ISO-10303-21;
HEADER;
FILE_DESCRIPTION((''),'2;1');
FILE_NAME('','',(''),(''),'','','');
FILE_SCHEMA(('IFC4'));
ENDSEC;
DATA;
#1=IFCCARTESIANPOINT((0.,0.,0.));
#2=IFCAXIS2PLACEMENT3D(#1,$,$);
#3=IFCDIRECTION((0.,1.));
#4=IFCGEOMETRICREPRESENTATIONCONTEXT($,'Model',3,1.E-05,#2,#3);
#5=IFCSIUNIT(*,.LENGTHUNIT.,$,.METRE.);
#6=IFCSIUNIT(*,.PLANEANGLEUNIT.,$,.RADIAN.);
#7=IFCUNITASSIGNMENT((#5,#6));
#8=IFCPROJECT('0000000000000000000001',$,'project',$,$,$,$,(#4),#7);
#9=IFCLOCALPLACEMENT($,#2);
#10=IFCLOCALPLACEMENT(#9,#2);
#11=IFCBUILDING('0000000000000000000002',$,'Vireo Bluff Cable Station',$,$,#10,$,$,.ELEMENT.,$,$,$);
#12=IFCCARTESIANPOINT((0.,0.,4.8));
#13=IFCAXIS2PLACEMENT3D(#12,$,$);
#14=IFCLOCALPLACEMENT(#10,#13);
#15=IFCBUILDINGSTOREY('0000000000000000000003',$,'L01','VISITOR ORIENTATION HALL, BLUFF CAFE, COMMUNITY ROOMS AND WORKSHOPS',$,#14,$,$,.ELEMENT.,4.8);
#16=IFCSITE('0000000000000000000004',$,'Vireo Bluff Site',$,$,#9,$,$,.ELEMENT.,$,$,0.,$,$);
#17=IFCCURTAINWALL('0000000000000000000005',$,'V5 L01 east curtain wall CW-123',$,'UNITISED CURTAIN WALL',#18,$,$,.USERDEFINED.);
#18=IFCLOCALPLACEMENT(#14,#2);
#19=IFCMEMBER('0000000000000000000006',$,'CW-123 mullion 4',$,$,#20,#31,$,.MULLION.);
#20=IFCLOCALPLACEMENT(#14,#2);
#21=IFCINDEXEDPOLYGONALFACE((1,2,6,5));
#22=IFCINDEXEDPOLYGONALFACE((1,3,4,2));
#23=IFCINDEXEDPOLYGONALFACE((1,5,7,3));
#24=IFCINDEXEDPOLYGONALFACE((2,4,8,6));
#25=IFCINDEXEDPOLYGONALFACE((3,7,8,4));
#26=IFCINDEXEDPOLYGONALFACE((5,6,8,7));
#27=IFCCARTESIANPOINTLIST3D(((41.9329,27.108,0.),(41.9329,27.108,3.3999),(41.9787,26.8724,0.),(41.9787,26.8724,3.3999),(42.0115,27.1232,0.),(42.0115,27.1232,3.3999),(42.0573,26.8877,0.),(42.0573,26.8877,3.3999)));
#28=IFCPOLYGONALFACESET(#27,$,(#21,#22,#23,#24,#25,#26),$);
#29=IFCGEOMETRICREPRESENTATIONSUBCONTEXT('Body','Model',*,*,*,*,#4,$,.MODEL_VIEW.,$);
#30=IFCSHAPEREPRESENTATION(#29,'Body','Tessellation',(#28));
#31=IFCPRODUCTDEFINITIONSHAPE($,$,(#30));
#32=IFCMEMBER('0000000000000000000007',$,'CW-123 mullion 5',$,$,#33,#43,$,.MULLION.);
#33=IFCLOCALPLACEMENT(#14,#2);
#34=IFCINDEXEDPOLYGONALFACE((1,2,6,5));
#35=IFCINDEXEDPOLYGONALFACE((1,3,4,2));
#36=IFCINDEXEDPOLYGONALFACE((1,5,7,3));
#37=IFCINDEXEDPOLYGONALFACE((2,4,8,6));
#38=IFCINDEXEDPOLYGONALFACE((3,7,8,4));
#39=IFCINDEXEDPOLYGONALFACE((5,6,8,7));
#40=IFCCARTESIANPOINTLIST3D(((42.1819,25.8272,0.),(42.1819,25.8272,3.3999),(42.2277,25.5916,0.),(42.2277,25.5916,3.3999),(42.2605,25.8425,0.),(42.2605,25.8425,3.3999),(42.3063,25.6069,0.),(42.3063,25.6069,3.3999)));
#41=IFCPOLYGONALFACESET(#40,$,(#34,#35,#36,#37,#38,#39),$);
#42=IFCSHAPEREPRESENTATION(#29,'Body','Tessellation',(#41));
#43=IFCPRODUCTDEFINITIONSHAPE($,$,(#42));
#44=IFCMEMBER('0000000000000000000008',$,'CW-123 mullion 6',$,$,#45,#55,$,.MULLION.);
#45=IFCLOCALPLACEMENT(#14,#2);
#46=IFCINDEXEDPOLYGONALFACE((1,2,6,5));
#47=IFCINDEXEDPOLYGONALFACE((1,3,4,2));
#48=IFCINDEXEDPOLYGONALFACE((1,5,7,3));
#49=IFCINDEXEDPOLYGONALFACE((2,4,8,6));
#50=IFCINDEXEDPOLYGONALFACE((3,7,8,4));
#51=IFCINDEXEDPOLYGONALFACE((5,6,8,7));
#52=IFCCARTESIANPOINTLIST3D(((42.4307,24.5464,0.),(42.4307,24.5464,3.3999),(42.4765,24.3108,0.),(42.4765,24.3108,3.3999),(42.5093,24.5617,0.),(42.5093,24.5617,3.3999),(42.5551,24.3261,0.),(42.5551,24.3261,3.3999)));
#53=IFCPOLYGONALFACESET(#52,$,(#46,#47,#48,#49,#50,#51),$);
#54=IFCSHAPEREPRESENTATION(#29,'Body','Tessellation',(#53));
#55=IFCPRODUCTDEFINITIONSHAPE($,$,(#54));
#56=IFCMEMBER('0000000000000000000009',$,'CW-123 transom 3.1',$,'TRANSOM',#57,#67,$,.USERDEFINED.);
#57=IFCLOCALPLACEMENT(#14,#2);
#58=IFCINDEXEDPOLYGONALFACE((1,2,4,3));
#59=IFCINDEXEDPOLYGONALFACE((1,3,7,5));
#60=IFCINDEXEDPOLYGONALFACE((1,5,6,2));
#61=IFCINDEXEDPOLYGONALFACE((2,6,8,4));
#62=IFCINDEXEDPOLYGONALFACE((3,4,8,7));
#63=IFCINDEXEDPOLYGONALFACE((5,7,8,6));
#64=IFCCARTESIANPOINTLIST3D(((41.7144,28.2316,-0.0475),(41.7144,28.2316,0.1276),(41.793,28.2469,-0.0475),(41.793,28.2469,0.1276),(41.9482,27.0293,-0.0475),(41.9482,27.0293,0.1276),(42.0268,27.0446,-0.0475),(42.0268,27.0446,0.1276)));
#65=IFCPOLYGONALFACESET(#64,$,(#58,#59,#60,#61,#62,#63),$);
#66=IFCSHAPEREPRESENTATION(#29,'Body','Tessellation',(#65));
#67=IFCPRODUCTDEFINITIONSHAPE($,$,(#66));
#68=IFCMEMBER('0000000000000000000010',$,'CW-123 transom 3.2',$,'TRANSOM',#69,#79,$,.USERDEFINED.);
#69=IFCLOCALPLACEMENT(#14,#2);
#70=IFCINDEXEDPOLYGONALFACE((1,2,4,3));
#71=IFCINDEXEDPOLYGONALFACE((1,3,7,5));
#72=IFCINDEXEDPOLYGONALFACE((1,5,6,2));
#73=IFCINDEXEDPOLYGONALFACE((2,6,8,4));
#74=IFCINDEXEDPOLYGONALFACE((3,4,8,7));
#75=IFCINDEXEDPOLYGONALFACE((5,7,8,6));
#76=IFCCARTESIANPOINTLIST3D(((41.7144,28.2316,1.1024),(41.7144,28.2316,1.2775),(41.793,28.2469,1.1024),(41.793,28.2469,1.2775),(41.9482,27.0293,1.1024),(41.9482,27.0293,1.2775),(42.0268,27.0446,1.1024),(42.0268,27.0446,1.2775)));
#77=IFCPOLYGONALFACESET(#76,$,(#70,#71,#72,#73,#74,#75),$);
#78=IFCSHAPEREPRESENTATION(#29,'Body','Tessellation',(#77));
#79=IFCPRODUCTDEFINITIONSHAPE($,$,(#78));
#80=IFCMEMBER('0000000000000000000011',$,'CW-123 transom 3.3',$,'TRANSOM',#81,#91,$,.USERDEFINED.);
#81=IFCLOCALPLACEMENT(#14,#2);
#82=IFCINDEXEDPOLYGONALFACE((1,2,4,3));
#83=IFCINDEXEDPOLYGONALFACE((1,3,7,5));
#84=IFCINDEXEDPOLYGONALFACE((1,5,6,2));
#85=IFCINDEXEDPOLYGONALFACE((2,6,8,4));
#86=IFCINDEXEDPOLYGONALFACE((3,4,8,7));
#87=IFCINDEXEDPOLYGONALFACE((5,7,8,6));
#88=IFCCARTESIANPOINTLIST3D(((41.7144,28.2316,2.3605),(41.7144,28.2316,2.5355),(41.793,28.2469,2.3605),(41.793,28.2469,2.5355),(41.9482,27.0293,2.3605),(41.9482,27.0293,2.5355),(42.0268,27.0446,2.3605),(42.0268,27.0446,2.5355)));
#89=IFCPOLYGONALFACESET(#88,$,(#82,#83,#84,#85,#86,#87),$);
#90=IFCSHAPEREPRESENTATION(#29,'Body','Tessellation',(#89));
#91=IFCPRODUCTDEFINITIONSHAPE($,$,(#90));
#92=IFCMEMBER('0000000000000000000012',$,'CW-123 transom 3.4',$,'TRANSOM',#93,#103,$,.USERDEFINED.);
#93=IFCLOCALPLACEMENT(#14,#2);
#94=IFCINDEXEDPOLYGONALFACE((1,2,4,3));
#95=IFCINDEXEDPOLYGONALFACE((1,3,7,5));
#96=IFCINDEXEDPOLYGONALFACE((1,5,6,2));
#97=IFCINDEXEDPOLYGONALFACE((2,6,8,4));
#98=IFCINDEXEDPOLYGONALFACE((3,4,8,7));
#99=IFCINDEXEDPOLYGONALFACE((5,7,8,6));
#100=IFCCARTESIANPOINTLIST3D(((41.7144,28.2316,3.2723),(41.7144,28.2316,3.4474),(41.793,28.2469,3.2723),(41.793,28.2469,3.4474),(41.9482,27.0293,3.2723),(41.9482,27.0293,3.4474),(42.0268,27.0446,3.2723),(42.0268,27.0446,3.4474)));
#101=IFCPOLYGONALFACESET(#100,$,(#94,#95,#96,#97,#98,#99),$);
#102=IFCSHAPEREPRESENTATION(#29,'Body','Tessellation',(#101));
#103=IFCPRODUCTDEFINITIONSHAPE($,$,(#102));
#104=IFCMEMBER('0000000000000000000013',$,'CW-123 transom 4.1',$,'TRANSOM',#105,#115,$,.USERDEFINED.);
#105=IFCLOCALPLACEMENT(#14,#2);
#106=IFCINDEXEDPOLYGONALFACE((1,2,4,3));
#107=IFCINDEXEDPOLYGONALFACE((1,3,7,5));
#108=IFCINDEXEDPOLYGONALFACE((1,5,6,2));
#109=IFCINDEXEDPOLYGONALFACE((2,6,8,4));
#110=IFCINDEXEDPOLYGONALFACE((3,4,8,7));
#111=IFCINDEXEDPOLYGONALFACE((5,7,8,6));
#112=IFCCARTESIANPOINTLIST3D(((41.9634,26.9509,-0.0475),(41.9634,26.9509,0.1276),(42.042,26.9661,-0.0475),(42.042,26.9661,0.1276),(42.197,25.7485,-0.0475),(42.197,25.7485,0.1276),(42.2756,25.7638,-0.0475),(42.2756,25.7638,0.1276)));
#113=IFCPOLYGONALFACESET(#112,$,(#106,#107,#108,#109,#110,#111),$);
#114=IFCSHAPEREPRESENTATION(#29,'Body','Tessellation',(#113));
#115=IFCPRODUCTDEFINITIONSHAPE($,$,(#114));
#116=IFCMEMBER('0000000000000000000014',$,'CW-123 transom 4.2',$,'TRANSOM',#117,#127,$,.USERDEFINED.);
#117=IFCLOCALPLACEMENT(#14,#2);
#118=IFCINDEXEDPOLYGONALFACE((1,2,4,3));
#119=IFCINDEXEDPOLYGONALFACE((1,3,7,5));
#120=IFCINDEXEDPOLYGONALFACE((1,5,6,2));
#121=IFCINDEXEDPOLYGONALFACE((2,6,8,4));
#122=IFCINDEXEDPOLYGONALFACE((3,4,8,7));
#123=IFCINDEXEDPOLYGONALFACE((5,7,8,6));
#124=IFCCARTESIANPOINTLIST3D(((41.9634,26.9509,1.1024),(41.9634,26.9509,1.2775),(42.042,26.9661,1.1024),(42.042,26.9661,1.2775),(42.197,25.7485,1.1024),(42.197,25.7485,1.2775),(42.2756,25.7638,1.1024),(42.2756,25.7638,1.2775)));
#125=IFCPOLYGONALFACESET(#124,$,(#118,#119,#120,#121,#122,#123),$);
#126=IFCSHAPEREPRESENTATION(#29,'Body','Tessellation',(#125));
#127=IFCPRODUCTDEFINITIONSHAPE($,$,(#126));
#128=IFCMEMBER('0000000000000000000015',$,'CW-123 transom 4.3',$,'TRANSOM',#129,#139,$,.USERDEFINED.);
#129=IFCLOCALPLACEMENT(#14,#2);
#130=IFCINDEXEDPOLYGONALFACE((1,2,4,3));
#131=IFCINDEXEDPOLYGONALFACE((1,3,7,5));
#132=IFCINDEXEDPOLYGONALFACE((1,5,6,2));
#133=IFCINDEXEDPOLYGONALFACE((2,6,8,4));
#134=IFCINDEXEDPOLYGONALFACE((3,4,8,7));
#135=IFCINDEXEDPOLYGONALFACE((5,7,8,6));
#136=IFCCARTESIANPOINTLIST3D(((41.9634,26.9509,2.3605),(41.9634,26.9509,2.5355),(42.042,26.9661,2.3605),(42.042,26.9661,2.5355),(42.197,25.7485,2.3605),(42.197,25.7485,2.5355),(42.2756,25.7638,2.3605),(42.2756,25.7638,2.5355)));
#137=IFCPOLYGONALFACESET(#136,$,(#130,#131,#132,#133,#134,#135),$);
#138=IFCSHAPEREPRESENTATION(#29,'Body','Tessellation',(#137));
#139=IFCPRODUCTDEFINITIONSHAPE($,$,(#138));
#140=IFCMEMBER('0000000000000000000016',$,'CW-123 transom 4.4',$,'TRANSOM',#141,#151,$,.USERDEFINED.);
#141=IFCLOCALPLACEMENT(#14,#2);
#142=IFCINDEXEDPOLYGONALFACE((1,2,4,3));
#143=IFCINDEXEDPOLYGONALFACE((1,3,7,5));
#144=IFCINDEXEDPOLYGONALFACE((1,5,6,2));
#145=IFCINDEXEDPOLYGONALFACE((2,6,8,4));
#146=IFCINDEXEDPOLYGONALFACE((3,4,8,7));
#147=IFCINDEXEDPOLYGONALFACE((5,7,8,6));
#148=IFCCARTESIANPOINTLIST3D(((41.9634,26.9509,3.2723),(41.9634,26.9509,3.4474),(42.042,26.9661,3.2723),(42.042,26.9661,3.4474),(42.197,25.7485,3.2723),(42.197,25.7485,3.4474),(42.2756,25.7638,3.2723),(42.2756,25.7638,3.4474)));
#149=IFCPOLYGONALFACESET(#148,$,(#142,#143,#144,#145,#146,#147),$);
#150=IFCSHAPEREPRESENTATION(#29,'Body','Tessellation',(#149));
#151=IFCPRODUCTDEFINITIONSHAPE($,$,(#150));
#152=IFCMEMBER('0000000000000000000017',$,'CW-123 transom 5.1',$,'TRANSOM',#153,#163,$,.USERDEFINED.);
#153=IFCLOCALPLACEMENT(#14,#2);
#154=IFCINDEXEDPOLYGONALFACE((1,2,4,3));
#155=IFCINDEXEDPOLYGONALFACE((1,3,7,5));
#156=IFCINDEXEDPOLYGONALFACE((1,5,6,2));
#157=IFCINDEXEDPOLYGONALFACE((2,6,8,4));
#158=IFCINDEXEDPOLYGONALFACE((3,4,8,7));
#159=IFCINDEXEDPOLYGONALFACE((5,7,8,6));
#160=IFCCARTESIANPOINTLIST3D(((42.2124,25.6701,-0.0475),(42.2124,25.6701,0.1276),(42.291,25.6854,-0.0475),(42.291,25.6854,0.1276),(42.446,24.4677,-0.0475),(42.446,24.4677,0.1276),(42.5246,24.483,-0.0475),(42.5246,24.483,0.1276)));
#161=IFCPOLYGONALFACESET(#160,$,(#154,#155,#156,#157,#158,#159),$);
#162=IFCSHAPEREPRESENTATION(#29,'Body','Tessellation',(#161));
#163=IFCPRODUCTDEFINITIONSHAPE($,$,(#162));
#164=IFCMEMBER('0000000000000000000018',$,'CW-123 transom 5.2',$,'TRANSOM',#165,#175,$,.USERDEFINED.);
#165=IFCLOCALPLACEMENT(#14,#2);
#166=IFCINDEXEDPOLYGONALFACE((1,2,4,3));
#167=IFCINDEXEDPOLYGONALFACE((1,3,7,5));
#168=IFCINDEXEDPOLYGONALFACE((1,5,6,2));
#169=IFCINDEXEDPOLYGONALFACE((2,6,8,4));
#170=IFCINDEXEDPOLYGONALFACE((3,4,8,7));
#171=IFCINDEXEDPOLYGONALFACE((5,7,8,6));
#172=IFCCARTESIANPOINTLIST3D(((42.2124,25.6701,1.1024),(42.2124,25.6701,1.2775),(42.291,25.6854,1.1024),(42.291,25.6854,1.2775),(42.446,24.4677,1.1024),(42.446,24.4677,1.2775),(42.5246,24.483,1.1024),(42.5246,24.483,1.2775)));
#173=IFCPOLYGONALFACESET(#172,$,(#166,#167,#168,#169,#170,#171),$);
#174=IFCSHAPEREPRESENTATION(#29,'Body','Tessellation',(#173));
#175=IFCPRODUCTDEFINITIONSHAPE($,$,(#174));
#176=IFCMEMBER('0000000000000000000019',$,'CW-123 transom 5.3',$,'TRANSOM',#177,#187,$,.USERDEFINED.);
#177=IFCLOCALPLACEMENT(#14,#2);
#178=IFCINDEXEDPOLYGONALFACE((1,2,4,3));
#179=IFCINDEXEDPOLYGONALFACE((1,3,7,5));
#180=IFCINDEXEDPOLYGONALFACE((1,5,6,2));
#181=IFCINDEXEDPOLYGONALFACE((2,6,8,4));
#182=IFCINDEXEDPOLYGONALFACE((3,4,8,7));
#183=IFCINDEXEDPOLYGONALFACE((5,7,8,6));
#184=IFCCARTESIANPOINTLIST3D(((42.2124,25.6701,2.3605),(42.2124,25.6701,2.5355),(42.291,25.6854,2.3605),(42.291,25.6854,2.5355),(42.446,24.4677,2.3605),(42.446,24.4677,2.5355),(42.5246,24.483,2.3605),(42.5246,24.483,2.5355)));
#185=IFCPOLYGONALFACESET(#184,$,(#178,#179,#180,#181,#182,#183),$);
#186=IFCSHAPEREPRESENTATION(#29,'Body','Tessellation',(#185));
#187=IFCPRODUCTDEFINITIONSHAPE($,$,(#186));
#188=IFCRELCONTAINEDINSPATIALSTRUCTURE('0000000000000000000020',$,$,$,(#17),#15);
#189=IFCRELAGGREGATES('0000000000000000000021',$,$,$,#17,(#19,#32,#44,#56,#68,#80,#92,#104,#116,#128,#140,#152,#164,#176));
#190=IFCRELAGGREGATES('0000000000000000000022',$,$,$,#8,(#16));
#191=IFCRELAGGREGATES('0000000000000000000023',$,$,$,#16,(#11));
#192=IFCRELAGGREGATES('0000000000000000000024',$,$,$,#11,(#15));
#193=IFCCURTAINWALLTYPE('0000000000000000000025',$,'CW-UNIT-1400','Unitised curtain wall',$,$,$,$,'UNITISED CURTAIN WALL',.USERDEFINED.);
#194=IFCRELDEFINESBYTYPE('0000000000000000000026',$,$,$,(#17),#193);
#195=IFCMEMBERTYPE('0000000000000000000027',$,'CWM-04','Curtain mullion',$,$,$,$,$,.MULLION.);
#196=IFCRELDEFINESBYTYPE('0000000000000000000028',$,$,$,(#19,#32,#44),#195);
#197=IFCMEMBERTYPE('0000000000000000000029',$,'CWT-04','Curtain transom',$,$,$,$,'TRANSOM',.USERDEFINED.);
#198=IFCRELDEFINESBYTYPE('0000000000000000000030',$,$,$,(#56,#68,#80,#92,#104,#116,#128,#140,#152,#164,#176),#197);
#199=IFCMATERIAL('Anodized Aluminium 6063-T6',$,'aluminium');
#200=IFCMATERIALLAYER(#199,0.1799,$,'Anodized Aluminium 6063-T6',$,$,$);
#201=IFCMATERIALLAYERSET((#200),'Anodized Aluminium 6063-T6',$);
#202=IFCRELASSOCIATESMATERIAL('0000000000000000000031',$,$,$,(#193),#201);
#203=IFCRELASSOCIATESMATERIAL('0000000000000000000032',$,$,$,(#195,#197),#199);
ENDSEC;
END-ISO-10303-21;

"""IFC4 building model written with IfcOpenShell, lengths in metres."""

from ifc_helpers import new_model, si_unit, direction, frame, origin, origin_2d, place, context, subcontext, project, spatial, rectangle, extrude, material, layer, layer_set, material_profile, profile_set, type_object, element, aggregate, save


model = new_model("IFC4")

# Units and contexts
model_context = context("Model", 3, precision=1e-05, world=origin(), true_north=direction((0.0, 1.0)))
body_context = subcontext(model_context, "Body", "Model", "MODEL_VIEW")
ifc_project = project(units=[si_unit("LENGTHUNIT", "METRE"), si_unit("PLANEANGLEUNIT", "RADIAN")], contexts=[model_context])

# Site, building, storey
site_placement = place(None, origin())
site = spatial("IfcSite", under=ifc_project, at=site_placement, Name="Vireo Bluff Site", CompositionType="ELEMENT", RefElevation=0.0)
building_placement = place(site_placement, origin())
building = spatial("IfcBuilding", under=site, at=building_placement, Name="Vireo Bluff Cable Station", CompositionType="ELEMENT")
storey_placement = place(building_placement, frame((0.0, 0.0, 4.8)))
storey = spatial("IfcBuildingStorey", under=building, at=storey_placement, Name="L01", Description="VISITOR ORIENTATION HALL, BLUFF CAFE, COMMUNITY ROOMS AND WORKSHOPS", CompositionType="ELEMENT", Elevation=4.8)

# Curtain wall, members
ifc_material_1 = material(Name="Anodized Aluminium 6063-T6", Category="aluminium")
ifc_layer_1 = layer(ifc_material_1, 0.1799, Name="Anodized Aluminium 6063-T6")
ifc_layer_set_1 = layer_set([ifc_layer_1], Name="Anodized Aluminium 6063-T6")
curtain_wall_type = type_object("IfcCurtainWallType", Name="CW-UNIT-1400", Description="Unitised curtain wall", ElementType="UNITISED CURTAIN WALL", PredefinedType="USERDEFINED", material=ifc_layer_set_1)
curtain_wall_placement = place(storey_placement, origin())
curtain_wall = element("IfcCurtainWall", 1, at=curtain_wall_placement, inside=storey, type_object=curtain_wall_type, Name="V5 L01 east curtain wall CW-123", ObjectType="UNITISED CURTAIN WALL", PredefinedType="USERDEFINED")
ifc_material_profile_1 = material_profile(ifc_material_1, rectangle(XDim=0.0801, YDim=0.24, at=origin_2d()), Name="ALU-M-80X240")
ifc_profile_set_1 = profile_set([ifc_material_profile_1], Name="Anodized Aluminium 6063-T6")
member_type_1 = type_object("IfcMemberType", Name="CWM-04", Description="Curtain mullion", PredefinedType="MULLION", material=ifc_profile_set_1)
member_1_placement = place(storey_placement, frame((41.9951, 26.9978, 0.0), z_axis=(0.0, 0.0, 1.0), x_axis=(0.981627, 0.190809, 0.0)))
member_1 = element("IfcMember", 2, at=member_1_placement, type_object=member_type_1, Name="CW-123 mullion 4", PredefinedType="MULLION", context=body_context, shape_type="SweptSolid", body=[
    extrude(rectangle(XDim=0.0801, YDim=0.24, at=origin_2d()), origin(), (0.0, 0.0, 1.0), 3.3999),
])
member_2_placement = place(storey_placement, frame((42.2441, 25.717, 0.0), z_axis=(0.0, 0.0, 1.0), x_axis=(0.981627, 0.190809, 0.0)))
member_2 = element("IfcMember", 3, at=member_2_placement, type_object=member_type_1, Name="CW-123 mullion 5", PredefinedType="MULLION", context=body_context, shape_type="SweptSolid", body=[
    extrude(rectangle(XDim=0.0801, YDim=0.24, at=origin_2d()), origin(), (0.0, 0.0, 1.0), 3.3999),
])
member_3_placement = place(storey_placement, frame((42.4929, 24.4363, 0.0), z_axis=(0.0, 0.0, 1.0), x_axis=(0.981627, 0.190809, 0.0)))
member_3 = element("IfcMember", 4, at=member_3_placement, type_object=member_type_1, Name="CW-123 mullion 6", PredefinedType="MULLION", context=body_context, shape_type="SweptSolid", body=[
    extrude(rectangle(XDim=0.0801, YDim=0.24, at=origin_2d()), origin(), (0.0, 0.0, 1.0), 3.3999),
])
ifc_material_profile_2 = material_profile(ifc_material_1, rectangle(XDim=0.0801, YDim=0.175, at=origin_2d()), Name="ALU-T-80X175")
ifc_profile_set_2 = profile_set([ifc_material_profile_2], Name="Anodized Aluminium 6063-T6")
member_type_2 = type_object("IfcMemberType", Name="CWT-04", Description="Curtain transom", ElementType="TRANSOM", PredefinedType="USERDEFINED", material=ifc_profile_set_2)
member_4_placement = place(storey_placement, frame((41.7537, 28.2393, 0.04), z_axis=(0.190939, -0.981602, 0.0), x_axis=(0.981602, 0.190939, 0.0)))
member_4 = element("IfcMember", 5, at=member_4_placement, type_object=member_type_2, Name="CW-123 transom 3.1", ObjectType="TRANSOM", PredefinedType="USERDEFINED", context=body_context, shape_type="SweptSolid", body=[
    extrude(rectangle(XDim=0.0801, YDim=0.175, at=origin_2d()), origin(), (0.0, 0.0, 1.0), 1.2249),
])
member_5_placement = place(storey_placement, frame((41.7537, 28.2393, 1.1899), z_axis=(0.190939, -0.981602, 0.0), x_axis=(0.981602, 0.190939, 0.0)))
member_5 = element("IfcMember", 6, at=member_5_placement, type_object=member_type_2, Name="CW-123 transom 3.2", ObjectType="TRANSOM", PredefinedType="USERDEFINED", context=body_context, shape_type="SweptSolid", body=[
    extrude(rectangle(XDim=0.0801, YDim=0.175, at=origin_2d()), origin(), (0.0, 0.0, 1.0), 1.2249),
])
member_6_placement = place(storey_placement, frame((41.7537, 28.2393, 2.448), z_axis=(0.190939, -0.981602, 0.0), x_axis=(0.981602, 0.190939, 0.0)))
member_6 = element("IfcMember", 7, at=member_6_placement, type_object=member_type_2, Name="CW-123 transom 3.3", ObjectType="TRANSOM", PredefinedType="USERDEFINED", context=body_context, shape_type="SweptSolid", body=[
    extrude(rectangle(XDim=0.0801, YDim=0.175, at=origin_2d()), origin(), (0.0, 0.0, 1.0), 1.2249),
])
member_7_placement = place(storey_placement, frame((41.7537, 28.2393, 3.3599), z_axis=(0.190939, -0.981602, 0.0), x_axis=(0.981602, 0.190939, 0.0)))
member_7 = element("IfcMember", 8, at=member_7_placement, type_object=member_type_2, Name="CW-123 transom 3.4", ObjectType="TRANSOM", PredefinedType="USERDEFINED", context=body_context, shape_type="SweptSolid", body=[
    extrude(rectangle(XDim=0.0801, YDim=0.175, at=origin_2d()), origin(), (0.0, 0.0, 1.0), 1.2249),
])
member_8_placement = place(storey_placement, frame((42.0027, 26.9585, 0.04), z_axis=(0.190747, -0.981639, 0.0), x_axis=(0.981639, 0.190747, 0.0)))
member_8 = element("IfcMember", 9, at=member_8_placement, type_object=member_type_2, Name="CW-123 transom 4.1", ObjectType="TRANSOM", PredefinedType="USERDEFINED", context=body_context, shape_type="SweptSolid", body=[
    extrude(rectangle(XDim=0.0801, YDim=0.175, at=origin_2d()), origin(), (0.0, 0.0, 1.0), 1.2249),
])
member_9_placement = place(storey_placement, frame((42.0027, 26.9585, 1.1899), z_axis=(0.190747, -0.981639, 0.0), x_axis=(0.981639, 0.190747, 0.0)))
member_9 = element("IfcMember", 10, at=member_9_placement, type_object=member_type_2, Name="CW-123 transom 4.2", ObjectType="TRANSOM", PredefinedType="USERDEFINED", context=body_context, shape_type="SweptSolid", body=[
    extrude(rectangle(XDim=0.0801, YDim=0.175, at=origin_2d()), origin(), (0.0, 0.0, 1.0), 1.2249),
])
member_10_placement = place(storey_placement, frame((42.0027, 26.9585, 2.448), z_axis=(0.190747, -0.981639, 0.0), x_axis=(0.981639, 0.190747, 0.0)))
member_10 = element("IfcMember", 11, at=member_10_placement, type_object=member_type_2, Name="CW-123 transom 4.3", ObjectType="TRANSOM", PredefinedType="USERDEFINED", context=body_context, shape_type="SweptSolid", body=[
    extrude(rectangle(XDim=0.0801, YDim=0.175, at=origin_2d()), origin(), (0.0, 0.0, 1.0), 1.2249),
])
member_11_placement = place(storey_placement, frame((42.0027, 26.9585, 3.3599), z_axis=(0.190747, -0.981639, 0.0), x_axis=(0.981639, 0.190747, 0.0)))
member_11 = element("IfcMember", 12, at=member_11_placement, type_object=member_type_2, Name="CW-123 transom 4.4", ObjectType="TRANSOM", PredefinedType="USERDEFINED", context=body_context, shape_type="SweptSolid", body=[
    extrude(rectangle(XDim=0.0801, YDim=0.175, at=origin_2d()), origin(), (0.0, 0.0, 1.0), 1.2249),
])
member_12_placement = place(storey_placement, frame((42.2517, 25.6777, 0.04), z_axis=(0.190747, -0.981639, 0.0), x_axis=(0.981639, 0.190747, 0.0)))
member_12 = element("IfcMember", 13, at=member_12_placement, type_object=member_type_2, Name="CW-123 transom 5.1", ObjectType="TRANSOM", PredefinedType="USERDEFINED", context=body_context, shape_type="SweptSolid", body=[
    extrude(rectangle(XDim=0.0801, YDim=0.175, at=origin_2d()), origin(), (0.0, 0.0, 1.0), 1.2249),
])
member_13_placement = place(storey_placement, frame((42.2517, 25.6777, 1.1899), z_axis=(0.190747, -0.981639, 0.0), x_axis=(0.981639, 0.190747, 0.0)))
member_13 = element("IfcMember", 14, at=member_13_placement, type_object=member_type_2, Name="CW-123 transom 5.2", ObjectType="TRANSOM", PredefinedType="USERDEFINED", context=body_context, shape_type="SweptSolid", body=[
    extrude(rectangle(XDim=0.0801, YDim=0.175, at=origin_2d()), origin(), (0.0, 0.0, 1.0), 1.2249),
])
member_14_placement = place(storey_placement, frame((42.2517, 25.6777, 2.448), z_axis=(0.190747, -0.981639, 0.0), x_axis=(0.981639, 0.190747, 0.0)))
member_14 = element("IfcMember", 15, at=member_14_placement, type_object=member_type_2, Name="CW-123 transom 5.3", ObjectType="TRANSOM", PredefinedType="USERDEFINED", context=body_context, shape_type="SweptSolid", body=[
    extrude(rectangle(XDim=0.0801, YDim=0.175, at=origin_2d()), origin(), (0.0, 0.0, 1.0), 1.2249),
])
aggregate(curtain_wall, [member_1, member_2, member_3, member_4, member_5, member_6, member_7, member_8, member_9, member_10, member_11, member_12, member_13, member_14])

save(model, "model.ifc")
